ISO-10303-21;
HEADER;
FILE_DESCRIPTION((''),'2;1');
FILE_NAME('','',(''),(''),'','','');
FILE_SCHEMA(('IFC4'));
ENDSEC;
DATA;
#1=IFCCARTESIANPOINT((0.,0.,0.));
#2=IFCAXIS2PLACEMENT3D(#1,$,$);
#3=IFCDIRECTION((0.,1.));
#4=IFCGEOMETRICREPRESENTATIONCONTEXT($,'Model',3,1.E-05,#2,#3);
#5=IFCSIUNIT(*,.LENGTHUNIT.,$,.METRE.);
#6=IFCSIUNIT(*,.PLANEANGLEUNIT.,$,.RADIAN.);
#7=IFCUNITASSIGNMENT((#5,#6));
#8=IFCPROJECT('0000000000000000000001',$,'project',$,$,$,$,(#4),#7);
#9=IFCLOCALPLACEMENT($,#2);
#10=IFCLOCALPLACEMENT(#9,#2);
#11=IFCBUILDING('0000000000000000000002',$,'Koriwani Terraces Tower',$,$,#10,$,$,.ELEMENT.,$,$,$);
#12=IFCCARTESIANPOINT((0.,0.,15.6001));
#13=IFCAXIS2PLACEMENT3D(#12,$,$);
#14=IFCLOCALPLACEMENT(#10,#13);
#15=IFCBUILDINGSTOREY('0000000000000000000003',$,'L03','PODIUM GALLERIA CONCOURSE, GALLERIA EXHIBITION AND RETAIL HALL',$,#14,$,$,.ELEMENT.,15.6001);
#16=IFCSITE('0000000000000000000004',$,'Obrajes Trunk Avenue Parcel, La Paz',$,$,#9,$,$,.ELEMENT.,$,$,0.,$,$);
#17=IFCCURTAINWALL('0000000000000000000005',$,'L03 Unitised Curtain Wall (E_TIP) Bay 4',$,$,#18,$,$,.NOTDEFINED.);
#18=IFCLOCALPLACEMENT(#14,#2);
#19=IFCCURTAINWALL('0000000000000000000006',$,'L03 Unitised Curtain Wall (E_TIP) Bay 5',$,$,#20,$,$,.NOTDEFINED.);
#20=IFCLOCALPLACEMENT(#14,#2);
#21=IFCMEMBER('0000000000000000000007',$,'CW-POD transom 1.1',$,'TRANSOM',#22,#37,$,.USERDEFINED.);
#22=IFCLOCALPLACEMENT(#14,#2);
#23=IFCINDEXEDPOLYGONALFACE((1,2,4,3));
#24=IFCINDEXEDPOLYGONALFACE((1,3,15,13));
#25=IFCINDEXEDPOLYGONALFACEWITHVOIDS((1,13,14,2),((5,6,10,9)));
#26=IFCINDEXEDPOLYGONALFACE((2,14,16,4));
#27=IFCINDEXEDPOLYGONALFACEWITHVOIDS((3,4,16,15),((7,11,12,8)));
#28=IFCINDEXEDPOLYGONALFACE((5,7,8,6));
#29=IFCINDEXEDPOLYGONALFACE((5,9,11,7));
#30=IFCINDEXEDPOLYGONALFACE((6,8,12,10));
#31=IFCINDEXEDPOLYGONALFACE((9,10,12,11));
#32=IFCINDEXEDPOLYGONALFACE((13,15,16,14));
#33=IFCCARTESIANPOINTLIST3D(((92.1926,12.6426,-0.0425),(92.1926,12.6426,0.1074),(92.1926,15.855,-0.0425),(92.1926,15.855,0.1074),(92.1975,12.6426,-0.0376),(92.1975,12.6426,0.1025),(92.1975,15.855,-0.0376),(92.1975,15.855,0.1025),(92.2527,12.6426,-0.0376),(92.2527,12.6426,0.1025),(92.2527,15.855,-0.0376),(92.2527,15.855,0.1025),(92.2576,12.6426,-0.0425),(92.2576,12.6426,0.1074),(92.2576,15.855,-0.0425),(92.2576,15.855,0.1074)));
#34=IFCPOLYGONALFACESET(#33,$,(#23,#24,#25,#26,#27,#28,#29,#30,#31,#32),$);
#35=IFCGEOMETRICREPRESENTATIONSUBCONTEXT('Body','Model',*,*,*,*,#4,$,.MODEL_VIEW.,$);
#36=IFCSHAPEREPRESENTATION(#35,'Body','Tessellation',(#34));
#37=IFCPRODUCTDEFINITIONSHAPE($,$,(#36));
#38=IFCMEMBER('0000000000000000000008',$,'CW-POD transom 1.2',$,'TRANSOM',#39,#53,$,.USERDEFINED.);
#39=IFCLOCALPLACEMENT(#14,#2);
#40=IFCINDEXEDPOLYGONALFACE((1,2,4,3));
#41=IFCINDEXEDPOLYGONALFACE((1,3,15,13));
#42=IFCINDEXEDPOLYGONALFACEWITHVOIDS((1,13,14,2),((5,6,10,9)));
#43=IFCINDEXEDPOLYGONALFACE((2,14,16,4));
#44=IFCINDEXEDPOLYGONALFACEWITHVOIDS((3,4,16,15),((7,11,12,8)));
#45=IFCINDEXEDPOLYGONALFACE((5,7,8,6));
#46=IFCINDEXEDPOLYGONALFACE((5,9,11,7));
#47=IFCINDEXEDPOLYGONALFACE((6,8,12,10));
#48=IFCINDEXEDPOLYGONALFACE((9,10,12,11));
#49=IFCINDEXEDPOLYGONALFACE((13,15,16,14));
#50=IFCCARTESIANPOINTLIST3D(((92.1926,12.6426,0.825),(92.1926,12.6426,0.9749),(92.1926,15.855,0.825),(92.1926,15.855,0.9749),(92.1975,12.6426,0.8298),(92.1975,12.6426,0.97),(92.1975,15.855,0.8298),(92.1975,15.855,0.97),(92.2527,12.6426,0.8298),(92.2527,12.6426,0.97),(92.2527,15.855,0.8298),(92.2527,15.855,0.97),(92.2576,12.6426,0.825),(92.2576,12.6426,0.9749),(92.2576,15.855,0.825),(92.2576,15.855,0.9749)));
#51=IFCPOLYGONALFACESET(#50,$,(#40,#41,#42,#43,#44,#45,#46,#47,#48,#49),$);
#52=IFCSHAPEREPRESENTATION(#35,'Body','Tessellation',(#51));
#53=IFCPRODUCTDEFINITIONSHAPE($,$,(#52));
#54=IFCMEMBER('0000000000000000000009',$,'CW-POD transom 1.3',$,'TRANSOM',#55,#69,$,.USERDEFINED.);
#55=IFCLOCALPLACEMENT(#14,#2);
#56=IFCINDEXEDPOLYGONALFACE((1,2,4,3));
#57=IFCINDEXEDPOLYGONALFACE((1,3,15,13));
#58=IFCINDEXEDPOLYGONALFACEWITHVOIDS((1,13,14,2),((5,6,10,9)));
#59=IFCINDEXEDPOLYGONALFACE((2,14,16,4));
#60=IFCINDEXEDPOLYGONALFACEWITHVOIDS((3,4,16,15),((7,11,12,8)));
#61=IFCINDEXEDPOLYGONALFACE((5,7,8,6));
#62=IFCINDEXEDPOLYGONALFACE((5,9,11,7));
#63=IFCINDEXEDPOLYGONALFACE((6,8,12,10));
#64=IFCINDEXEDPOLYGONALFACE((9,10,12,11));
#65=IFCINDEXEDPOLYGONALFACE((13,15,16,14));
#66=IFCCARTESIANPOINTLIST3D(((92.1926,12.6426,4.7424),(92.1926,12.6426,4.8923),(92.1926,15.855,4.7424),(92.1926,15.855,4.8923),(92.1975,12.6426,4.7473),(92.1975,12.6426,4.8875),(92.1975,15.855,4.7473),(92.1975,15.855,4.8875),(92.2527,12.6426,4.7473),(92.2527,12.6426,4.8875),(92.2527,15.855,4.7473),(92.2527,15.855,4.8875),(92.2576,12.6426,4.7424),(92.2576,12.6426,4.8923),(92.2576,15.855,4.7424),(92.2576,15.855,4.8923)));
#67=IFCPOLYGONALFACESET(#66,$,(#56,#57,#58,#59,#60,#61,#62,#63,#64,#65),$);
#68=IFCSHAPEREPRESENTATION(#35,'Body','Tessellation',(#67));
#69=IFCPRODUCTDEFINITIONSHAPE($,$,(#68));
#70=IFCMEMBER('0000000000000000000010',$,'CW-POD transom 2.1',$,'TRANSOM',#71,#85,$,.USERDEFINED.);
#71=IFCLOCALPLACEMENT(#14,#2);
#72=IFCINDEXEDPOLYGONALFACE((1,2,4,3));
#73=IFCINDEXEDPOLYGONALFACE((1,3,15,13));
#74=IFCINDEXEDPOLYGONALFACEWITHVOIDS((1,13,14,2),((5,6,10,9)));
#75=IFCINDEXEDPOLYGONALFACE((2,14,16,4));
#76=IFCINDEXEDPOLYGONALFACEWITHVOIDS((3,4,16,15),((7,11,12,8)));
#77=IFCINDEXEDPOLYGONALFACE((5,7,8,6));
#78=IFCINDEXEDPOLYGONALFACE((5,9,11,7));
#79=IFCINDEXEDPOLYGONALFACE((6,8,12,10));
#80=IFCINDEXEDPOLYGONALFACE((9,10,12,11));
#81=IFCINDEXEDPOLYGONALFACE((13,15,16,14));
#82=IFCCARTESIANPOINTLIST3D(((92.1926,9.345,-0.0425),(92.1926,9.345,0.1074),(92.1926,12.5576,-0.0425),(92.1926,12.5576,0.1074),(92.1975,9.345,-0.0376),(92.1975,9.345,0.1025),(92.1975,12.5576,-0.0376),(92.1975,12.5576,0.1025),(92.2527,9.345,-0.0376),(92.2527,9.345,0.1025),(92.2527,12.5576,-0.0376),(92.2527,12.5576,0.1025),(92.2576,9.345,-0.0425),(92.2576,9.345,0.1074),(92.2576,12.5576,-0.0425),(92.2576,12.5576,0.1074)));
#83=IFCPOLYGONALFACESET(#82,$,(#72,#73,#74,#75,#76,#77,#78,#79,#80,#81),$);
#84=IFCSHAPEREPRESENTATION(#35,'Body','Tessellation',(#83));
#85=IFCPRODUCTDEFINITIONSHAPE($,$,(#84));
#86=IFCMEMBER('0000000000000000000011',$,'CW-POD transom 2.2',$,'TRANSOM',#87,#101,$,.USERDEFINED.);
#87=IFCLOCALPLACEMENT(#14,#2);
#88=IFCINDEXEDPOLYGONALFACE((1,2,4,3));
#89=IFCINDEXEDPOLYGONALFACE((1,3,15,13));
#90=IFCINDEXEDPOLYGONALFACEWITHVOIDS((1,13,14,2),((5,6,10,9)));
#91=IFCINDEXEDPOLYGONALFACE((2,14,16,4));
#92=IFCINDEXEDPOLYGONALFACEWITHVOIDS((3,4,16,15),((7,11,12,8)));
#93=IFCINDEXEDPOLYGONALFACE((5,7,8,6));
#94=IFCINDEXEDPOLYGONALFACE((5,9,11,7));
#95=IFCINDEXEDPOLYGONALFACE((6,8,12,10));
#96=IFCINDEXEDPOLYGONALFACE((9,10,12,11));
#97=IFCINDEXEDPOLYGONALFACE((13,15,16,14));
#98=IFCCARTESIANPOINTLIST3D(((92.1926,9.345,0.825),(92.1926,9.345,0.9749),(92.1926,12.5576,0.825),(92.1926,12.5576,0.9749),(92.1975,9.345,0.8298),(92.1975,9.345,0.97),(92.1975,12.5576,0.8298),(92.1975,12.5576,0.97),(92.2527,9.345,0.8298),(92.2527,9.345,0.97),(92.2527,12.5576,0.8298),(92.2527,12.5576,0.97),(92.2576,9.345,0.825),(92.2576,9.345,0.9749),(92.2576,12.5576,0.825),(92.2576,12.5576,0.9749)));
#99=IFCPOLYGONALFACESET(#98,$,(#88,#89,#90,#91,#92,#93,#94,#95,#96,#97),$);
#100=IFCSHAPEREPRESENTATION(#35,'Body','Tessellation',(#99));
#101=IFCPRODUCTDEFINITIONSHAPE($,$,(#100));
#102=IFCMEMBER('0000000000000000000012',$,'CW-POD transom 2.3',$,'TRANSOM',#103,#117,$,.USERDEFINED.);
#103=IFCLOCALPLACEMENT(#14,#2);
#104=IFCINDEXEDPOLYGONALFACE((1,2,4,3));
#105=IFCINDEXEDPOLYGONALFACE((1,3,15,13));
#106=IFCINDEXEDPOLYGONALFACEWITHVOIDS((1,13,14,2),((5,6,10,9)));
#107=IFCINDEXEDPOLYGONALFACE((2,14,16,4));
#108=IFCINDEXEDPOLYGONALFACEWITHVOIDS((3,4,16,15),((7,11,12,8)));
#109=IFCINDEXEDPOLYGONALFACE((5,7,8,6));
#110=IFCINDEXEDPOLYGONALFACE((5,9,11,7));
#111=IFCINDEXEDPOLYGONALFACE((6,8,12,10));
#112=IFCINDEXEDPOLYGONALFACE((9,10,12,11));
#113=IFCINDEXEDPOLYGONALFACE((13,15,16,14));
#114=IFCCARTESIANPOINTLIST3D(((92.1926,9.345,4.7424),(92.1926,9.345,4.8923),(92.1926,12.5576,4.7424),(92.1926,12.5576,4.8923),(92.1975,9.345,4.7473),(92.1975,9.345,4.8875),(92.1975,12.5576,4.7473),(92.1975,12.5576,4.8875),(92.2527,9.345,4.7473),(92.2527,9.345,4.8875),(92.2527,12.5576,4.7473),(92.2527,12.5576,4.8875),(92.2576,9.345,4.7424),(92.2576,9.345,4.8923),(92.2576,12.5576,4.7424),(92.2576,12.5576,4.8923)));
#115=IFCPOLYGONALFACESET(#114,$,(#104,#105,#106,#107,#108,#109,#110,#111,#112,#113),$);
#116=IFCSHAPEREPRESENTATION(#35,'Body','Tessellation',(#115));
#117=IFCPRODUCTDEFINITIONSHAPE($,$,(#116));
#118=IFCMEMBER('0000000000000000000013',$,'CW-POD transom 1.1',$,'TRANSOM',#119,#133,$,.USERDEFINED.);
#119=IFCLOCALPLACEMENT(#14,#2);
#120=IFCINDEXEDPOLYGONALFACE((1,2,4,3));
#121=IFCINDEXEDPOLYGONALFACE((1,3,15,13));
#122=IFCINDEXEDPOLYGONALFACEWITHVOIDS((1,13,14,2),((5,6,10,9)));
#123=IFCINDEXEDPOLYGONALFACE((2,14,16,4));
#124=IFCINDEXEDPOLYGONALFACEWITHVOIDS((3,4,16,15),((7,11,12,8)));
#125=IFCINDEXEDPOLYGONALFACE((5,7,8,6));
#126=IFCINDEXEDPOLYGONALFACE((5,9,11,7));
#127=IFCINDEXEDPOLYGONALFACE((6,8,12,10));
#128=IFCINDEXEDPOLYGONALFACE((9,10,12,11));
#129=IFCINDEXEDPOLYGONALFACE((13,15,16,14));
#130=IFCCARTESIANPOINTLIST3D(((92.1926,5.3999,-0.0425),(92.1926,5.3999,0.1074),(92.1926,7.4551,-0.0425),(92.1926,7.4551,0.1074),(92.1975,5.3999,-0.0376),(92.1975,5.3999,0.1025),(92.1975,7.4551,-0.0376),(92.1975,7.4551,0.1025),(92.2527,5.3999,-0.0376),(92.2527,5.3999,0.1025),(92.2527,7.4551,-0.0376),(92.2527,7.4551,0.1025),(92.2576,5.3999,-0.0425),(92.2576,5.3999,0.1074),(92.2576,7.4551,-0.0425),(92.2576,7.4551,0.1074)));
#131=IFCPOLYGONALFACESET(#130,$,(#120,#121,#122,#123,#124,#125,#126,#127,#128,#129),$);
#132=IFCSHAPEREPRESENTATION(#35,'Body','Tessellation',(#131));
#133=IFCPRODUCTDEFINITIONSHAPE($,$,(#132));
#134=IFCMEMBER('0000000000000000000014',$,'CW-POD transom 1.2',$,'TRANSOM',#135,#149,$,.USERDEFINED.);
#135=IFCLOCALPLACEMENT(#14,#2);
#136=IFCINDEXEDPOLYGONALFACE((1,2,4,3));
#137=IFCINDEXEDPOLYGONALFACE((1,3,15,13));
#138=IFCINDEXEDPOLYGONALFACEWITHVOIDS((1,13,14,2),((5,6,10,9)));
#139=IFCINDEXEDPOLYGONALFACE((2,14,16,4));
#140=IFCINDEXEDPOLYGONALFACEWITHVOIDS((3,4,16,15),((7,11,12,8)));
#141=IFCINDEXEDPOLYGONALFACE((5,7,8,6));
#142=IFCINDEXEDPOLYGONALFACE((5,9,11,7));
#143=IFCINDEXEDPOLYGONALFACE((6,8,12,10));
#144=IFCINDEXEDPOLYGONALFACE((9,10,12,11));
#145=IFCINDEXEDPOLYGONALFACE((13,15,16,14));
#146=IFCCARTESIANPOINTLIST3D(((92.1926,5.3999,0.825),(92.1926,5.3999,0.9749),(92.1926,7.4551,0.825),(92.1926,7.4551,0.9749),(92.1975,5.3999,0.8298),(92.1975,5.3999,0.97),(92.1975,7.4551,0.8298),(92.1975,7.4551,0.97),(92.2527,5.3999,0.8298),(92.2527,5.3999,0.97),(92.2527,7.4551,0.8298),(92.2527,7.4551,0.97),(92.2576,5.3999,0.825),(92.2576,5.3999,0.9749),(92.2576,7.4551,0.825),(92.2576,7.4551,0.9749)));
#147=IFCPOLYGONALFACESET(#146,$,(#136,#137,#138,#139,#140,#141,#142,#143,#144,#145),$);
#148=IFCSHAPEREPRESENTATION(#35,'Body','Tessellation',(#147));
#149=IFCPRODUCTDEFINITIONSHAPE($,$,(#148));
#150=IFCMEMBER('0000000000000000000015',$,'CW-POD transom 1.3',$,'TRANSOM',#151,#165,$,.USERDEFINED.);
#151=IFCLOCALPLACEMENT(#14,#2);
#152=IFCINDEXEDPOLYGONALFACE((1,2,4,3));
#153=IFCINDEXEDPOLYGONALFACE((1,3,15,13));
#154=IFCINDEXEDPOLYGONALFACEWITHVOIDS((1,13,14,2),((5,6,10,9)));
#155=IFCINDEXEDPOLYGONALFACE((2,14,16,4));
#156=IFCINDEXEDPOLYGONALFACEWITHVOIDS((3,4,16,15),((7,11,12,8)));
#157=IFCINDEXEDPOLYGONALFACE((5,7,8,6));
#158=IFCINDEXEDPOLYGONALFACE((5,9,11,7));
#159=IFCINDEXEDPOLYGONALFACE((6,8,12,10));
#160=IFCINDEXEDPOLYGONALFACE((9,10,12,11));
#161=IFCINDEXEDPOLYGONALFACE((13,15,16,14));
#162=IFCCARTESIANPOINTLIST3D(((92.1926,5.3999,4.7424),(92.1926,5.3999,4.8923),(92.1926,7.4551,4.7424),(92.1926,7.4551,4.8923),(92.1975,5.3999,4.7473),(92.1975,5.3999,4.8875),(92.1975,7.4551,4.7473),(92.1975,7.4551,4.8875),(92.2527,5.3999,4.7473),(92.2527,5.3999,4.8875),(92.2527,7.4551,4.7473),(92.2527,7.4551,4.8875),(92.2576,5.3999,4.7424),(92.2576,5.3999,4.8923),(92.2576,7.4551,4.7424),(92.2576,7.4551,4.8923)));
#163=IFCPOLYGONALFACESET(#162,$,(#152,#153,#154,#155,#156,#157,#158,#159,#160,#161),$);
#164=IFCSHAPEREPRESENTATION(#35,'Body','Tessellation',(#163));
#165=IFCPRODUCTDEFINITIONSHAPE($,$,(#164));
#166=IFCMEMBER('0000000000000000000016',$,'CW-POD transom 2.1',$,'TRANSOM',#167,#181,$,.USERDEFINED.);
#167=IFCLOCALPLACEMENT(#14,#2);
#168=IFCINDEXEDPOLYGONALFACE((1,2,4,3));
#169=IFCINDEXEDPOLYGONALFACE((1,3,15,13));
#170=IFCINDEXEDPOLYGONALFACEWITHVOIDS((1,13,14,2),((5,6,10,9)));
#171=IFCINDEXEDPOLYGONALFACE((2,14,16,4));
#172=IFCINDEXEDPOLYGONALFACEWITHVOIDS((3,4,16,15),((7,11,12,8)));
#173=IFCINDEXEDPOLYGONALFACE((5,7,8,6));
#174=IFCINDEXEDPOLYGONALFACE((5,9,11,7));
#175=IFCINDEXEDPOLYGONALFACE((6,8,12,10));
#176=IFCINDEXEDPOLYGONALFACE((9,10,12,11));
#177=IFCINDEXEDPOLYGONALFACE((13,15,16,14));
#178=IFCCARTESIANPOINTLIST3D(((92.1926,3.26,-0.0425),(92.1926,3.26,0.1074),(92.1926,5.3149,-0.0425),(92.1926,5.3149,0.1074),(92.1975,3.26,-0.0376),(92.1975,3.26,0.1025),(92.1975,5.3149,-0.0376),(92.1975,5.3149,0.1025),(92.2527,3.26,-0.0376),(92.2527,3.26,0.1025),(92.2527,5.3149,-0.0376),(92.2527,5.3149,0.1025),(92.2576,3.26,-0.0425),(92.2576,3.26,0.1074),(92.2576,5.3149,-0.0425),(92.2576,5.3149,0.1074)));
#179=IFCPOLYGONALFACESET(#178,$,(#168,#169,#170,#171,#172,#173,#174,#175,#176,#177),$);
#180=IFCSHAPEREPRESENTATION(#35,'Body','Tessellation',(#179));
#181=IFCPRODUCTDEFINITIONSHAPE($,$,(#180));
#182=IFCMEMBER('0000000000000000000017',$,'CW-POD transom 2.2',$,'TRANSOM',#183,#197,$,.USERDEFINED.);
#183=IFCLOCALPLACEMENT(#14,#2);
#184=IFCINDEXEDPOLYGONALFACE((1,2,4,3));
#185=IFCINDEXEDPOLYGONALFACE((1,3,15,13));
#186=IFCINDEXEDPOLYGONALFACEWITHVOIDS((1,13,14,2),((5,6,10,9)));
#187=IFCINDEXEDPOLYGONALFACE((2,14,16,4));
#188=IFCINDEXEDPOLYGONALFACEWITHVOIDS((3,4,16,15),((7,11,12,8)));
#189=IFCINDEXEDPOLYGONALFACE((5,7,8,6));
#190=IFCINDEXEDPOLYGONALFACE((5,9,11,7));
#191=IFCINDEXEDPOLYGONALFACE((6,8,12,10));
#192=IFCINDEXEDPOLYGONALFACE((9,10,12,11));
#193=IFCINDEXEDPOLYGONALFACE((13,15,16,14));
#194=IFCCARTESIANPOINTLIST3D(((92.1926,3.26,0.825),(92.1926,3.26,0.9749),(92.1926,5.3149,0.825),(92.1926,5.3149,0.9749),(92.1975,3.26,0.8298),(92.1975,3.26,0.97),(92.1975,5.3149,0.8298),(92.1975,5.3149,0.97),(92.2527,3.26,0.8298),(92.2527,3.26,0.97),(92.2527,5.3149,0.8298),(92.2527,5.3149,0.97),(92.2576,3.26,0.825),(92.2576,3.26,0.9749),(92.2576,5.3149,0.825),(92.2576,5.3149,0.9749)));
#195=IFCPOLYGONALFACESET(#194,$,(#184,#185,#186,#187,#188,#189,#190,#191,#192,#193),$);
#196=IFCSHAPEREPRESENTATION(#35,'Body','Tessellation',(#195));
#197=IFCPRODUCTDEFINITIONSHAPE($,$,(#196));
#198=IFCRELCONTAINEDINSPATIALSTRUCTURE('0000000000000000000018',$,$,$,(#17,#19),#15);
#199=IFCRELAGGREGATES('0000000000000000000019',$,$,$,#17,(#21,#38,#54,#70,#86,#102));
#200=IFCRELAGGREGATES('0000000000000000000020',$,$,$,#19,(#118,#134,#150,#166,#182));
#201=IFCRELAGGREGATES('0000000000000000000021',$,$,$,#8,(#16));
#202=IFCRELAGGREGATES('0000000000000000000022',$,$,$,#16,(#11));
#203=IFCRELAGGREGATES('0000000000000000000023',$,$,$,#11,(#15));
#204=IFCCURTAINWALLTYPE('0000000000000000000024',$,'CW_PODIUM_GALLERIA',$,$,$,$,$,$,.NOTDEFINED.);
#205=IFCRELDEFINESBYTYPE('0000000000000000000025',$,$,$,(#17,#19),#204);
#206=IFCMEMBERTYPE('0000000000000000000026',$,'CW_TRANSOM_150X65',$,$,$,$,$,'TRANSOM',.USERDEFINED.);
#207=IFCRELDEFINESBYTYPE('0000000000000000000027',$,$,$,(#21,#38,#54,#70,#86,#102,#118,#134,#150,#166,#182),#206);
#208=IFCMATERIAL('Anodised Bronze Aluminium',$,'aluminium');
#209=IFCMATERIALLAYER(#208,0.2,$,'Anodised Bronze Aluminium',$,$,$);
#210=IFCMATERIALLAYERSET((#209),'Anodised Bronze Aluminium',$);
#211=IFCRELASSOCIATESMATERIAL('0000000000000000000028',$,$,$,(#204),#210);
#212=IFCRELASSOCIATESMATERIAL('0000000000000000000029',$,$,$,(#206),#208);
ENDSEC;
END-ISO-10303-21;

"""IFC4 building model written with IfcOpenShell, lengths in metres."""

from ifc_helpers import new_model, si_unit, direction, frame, origin, origin_2d, place, context, subcontext, project, spatial, hollow_rectangle, extrude, material, layer, layer_set, material_profile, profile_set, type_object, element, aggregate, save


model = new_model("IFC4")

# Units and contexts
model_context = context("Model", 3, precision=1e-05, world=origin(), true_north=direction((0.0, 1.0)))
body_context = subcontext(model_context, "Body", "Model", "MODEL_VIEW")
ifc_project = project(units=[si_unit("LENGTHUNIT", "METRE"), si_unit("PLANEANGLEUNIT", "RADIAN")], contexts=[model_context])

# Site, building, storey
site_placement = place(None, origin())
site = spatial("IfcSite", under=ifc_project, at=site_placement, Name="Obrajes Trunk Avenue Parcel, La Paz", CompositionType="ELEMENT", RefElevation=0.0)
building_placement = place(site_placement, origin())
building = spatial("IfcBuilding", under=site, at=building_placement, Name="Koriwani Terraces Tower", CompositionType="ELEMENT")
storey_placement = place(building_placement, frame((0.0, 0.0, 15.6001)))
storey = spatial("IfcBuildingStorey", under=building, at=storey_placement, Name="L03", Description="PODIUM GALLERIA CONCOURSE, GALLERIA EXHIBITION AND RETAIL HALL", CompositionType="ELEMENT", Elevation=15.6001)

# Shared definitions
ifc_material_1 = material(Name="Anodised Bronze Aluminium", Category="aluminium")
ifc_layer_1 = layer(ifc_material_1, 0.2, Name="Anodised Bronze Aluminium")
ifc_layer_set_1 = layer_set([ifc_layer_1], Name="Anodised Bronze Aluminium")
curtain_wall_type = type_object("IfcCurtainWallType", Name="CW_PODIUM_GALLERIA", PredefinedType="NOTDEFINED", material=ifc_layer_set_1)

# Curtain walls
curtain_wall_1_placement = place(storey_placement, origin())
curtain_wall_1 = element("IfcCurtainWall", 1, at=curtain_wall_1_placement, inside=storey, type_object=curtain_wall_type, Name="L03 Unitised Curtain Wall (E_TIP) Bay 4", PredefinedType="NOTDEFINED")
curtain_wall_2_placement = place(storey_placement, origin())
curtain_wall_2 = element("IfcCurtainWall", 2, at=curtain_wall_2_placement, inside=storey, type_object=curtain_wall_type, Name="L03 Unitised Curtain Wall (E_TIP) Bay 5", PredefinedType="NOTDEFINED")

# Members
ifc_material_profile_1 = material_profile(ifc_material_1, hollow_rectangle(XDim=0.0649, YDim=0.1499, WallThickness=0.0049, at=origin_2d()), Name="Anodised Bronze Aluminium", Category="LoadBearing")
ifc_profile_set_1 = profile_set([ifc_material_profile_1], Name="Anodised Bronze Aluminium")
member_type_1 = type_object("IfcMemberType", Name="CW_TRANSOM_150X65", ElementType="TRANSOM", PredefinedType="USERDEFINED", material=ifc_profile_set_1)
member_1_placement = place(storey_placement, frame((92.2251, 15.855, 0.0325), z_axis=(0.0, -1.0, 0.0), x_axis=(1.0, 0.0, 0.0)))
member_1 = element("IfcMember", 3, at=member_1_placement, type_object=member_type_1, Name="CW-POD transom 1.1", ObjectType="TRANSOM", PredefinedType="USERDEFINED", context=body_context, shape_type="SweptSolid", body=[
    extrude(hollow_rectangle(XDim=0.0649, YDim=0.1499, WallThickness=0.0049, at=origin_2d()), origin(), (0.0, 0.0, 1.0), 3.2124),
])
member_2_placement = place(storey_placement, frame((92.2251, 15.855, 0.8999), z_axis=(0.0, -1.0, 0.0), x_axis=(1.0, 0.0, 0.0)))
member_2 = element("IfcMember", 4, at=member_2_placement, type_object=member_type_1, Name="CW-POD transom 1.2", ObjectType="TRANSOM", PredefinedType="USERDEFINED", context=body_context, shape_type="SweptSolid", body=[
    extrude(hollow_rectangle(XDim=0.0649, YDim=0.1499, WallThickness=0.0049, at=origin_2d()), origin(), (0.0, 0.0, 1.0), 3.2124),
])
member_3_placement = place(storey_placement, frame((92.2251, 15.855, 4.8174), z_axis=(0.0, -1.0, 0.0), x_axis=(1.0, 0.0, 0.0)))
member_3 = element("IfcMember", 5, at=member_3_placement, type_object=member_type_1, Name="CW-POD transom 1.3", ObjectType="TRANSOM", PredefinedType="USERDEFINED", context=body_context, shape_type="SweptSolid", body=[
    extrude(hollow_rectangle(XDim=0.0649, YDim=0.1499, WallThickness=0.0049, at=origin_2d()), origin(), (0.0, 0.0, 1.0), 3.2124),
])
member_4_placement = place(storey_placement, frame((92.2251, 12.5576, 0.0325), z_axis=(0.0, -1.0, 0.0), x_axis=(1.0, 0.0, 0.0)))
member_4 = element("IfcMember", 6, at=member_4_placement, type_object=member_type_1, Name="CW-POD transom 2.1", ObjectType="TRANSOM", PredefinedType="USERDEFINED", context=body_context, shape_type="SweptSolid", body=[
    extrude(hollow_rectangle(XDim=0.0649, YDim=0.1499, WallThickness=0.0049, at=origin_2d()), origin(), (0.0, 0.0, 1.0), 3.2126),
])
member_5_placement = place(storey_placement, frame((92.2251, 12.5576, 0.8999), z_axis=(0.0, -1.0, 0.0), x_axis=(1.0, 0.0, 0.0)))
member_5 = element("IfcMember", 7, at=member_5_placement, type_object=member_type_1, Name="CW-POD transom 2.2", ObjectType="TRANSOM", PredefinedType="USERDEFINED", context=body_context, shape_type="SweptSolid", body=[
    extrude(hollow_rectangle(XDim=0.0649, YDim=0.1499, WallThickness=0.0049, at=origin_2d()), origin(), (0.0, 0.0, 1.0), 3.2126),
])
member_6_placement = place(storey_placement, frame((92.2251, 12.5576, 4.8174), z_axis=(0.0, -1.0, 0.0), x_axis=(1.0, 0.0, 0.0)))
member_6 = element("IfcMember", 8, at=member_6_placement, type_object=member_type_1, Name="CW-POD transom 2.3", ObjectType="TRANSOM", PredefinedType="USERDEFINED", context=body_context, shape_type="SweptSolid", body=[
    extrude(hollow_rectangle(XDim=0.0649, YDim=0.1499, WallThickness=0.0049, at=origin_2d()), origin(), (0.0, 0.0, 1.0), 3.2126),
])
member_7_placement = place(storey_placement, frame((92.2251, 7.4551, 0.0325), z_axis=(0.0, -1.0, 0.0), x_axis=(1.0, 0.0, 0.0)))
member_7 = element("IfcMember", 9, at=member_7_placement, type_object=member_type_1, Name="CW-POD transom 1.1", ObjectType="TRANSOM", PredefinedType="USERDEFINED", context=body_context, shape_type="SweptSolid", body=[
    extrude(hollow_rectangle(XDim=0.0649, YDim=0.1499, WallThickness=0.0049, at=origin_2d()), origin(), (0.0, 0.0, 1.0), 2.0552),
])
member_8_placement = place(storey_placement, frame((92.2251, 7.4551, 0.8999), z_axis=(0.0, -1.0, 0.0), x_axis=(1.0, 0.0, 0.0)))
member_8 = element("IfcMember", 10, at=member_8_placement, type_object=member_type_1, Name="CW-POD transom 1.2", ObjectType="TRANSOM", PredefinedType="USERDEFINED", context=body_context, shape_type="SweptSolid", body=[
    extrude(hollow_rectangle(XDim=0.0649, YDim=0.1499, WallThickness=0.0049, at=origin_2d()), origin(), (0.0, 0.0, 1.0), 2.0552),
])
member_9_placement = place(storey_placement, frame((92.2251, 7.4551, 4.8174), z_axis=(0.0, -1.0, 0.0), x_axis=(1.0, 0.0, 0.0)))
member_9 = element("IfcMember", 11, at=member_9_placement, type_object=member_type_1, Name="CW-POD transom 1.3", ObjectType="TRANSOM", PredefinedType="USERDEFINED", context=body_context, shape_type="SweptSolid", body=[
    extrude(hollow_rectangle(XDim=0.0649, YDim=0.1499, WallThickness=0.0049, at=origin_2d()), origin(), (0.0, 0.0, 1.0), 2.0552),
])
member_10_placement = place(storey_placement, frame((92.2251, 5.3149, 0.0325), z_axis=(0.0, -1.0, 0.0), x_axis=(1.0, 0.0, 0.0)))
member_10 = element("IfcMember", 12, at=member_10_placement, type_object=member_type_1, Name="CW-POD transom 2.1", ObjectType="TRANSOM", PredefinedType="USERDEFINED", context=body_context, shape_type="SweptSolid", body=[
    extrude(hollow_rectangle(XDim=0.0649, YDim=0.1499, WallThickness=0.0049, at=origin_2d()), origin(), (0.0, 0.0, 1.0), 2.0549),
])
member_11_placement = place(storey_placement, frame((92.2251, 5.3149, 0.8999), z_axis=(0.0, -1.0, 0.0), x_axis=(1.0, 0.0, 0.0)))
member_11 = element("IfcMember", 13, at=member_11_placement, type_object=member_type_1, Name="CW-POD transom 2.2", ObjectType="TRANSOM", PredefinedType="USERDEFINED", context=body_context, shape_type="SweptSolid", body=[
    extrude(hollow_rectangle(XDim=0.0649, YDim=0.1499, WallThickness=0.0049, at=origin_2d()), origin(), (0.0, 0.0, 1.0), 2.0549),
])

aggregate(curtain_wall_1, [member_1, member_2, member_3, member_4, member_5, member_6])
aggregate(curtain_wall_2, [member_7, member_8, member_9, member_10, member_11])

save(model, "model.ifc")
